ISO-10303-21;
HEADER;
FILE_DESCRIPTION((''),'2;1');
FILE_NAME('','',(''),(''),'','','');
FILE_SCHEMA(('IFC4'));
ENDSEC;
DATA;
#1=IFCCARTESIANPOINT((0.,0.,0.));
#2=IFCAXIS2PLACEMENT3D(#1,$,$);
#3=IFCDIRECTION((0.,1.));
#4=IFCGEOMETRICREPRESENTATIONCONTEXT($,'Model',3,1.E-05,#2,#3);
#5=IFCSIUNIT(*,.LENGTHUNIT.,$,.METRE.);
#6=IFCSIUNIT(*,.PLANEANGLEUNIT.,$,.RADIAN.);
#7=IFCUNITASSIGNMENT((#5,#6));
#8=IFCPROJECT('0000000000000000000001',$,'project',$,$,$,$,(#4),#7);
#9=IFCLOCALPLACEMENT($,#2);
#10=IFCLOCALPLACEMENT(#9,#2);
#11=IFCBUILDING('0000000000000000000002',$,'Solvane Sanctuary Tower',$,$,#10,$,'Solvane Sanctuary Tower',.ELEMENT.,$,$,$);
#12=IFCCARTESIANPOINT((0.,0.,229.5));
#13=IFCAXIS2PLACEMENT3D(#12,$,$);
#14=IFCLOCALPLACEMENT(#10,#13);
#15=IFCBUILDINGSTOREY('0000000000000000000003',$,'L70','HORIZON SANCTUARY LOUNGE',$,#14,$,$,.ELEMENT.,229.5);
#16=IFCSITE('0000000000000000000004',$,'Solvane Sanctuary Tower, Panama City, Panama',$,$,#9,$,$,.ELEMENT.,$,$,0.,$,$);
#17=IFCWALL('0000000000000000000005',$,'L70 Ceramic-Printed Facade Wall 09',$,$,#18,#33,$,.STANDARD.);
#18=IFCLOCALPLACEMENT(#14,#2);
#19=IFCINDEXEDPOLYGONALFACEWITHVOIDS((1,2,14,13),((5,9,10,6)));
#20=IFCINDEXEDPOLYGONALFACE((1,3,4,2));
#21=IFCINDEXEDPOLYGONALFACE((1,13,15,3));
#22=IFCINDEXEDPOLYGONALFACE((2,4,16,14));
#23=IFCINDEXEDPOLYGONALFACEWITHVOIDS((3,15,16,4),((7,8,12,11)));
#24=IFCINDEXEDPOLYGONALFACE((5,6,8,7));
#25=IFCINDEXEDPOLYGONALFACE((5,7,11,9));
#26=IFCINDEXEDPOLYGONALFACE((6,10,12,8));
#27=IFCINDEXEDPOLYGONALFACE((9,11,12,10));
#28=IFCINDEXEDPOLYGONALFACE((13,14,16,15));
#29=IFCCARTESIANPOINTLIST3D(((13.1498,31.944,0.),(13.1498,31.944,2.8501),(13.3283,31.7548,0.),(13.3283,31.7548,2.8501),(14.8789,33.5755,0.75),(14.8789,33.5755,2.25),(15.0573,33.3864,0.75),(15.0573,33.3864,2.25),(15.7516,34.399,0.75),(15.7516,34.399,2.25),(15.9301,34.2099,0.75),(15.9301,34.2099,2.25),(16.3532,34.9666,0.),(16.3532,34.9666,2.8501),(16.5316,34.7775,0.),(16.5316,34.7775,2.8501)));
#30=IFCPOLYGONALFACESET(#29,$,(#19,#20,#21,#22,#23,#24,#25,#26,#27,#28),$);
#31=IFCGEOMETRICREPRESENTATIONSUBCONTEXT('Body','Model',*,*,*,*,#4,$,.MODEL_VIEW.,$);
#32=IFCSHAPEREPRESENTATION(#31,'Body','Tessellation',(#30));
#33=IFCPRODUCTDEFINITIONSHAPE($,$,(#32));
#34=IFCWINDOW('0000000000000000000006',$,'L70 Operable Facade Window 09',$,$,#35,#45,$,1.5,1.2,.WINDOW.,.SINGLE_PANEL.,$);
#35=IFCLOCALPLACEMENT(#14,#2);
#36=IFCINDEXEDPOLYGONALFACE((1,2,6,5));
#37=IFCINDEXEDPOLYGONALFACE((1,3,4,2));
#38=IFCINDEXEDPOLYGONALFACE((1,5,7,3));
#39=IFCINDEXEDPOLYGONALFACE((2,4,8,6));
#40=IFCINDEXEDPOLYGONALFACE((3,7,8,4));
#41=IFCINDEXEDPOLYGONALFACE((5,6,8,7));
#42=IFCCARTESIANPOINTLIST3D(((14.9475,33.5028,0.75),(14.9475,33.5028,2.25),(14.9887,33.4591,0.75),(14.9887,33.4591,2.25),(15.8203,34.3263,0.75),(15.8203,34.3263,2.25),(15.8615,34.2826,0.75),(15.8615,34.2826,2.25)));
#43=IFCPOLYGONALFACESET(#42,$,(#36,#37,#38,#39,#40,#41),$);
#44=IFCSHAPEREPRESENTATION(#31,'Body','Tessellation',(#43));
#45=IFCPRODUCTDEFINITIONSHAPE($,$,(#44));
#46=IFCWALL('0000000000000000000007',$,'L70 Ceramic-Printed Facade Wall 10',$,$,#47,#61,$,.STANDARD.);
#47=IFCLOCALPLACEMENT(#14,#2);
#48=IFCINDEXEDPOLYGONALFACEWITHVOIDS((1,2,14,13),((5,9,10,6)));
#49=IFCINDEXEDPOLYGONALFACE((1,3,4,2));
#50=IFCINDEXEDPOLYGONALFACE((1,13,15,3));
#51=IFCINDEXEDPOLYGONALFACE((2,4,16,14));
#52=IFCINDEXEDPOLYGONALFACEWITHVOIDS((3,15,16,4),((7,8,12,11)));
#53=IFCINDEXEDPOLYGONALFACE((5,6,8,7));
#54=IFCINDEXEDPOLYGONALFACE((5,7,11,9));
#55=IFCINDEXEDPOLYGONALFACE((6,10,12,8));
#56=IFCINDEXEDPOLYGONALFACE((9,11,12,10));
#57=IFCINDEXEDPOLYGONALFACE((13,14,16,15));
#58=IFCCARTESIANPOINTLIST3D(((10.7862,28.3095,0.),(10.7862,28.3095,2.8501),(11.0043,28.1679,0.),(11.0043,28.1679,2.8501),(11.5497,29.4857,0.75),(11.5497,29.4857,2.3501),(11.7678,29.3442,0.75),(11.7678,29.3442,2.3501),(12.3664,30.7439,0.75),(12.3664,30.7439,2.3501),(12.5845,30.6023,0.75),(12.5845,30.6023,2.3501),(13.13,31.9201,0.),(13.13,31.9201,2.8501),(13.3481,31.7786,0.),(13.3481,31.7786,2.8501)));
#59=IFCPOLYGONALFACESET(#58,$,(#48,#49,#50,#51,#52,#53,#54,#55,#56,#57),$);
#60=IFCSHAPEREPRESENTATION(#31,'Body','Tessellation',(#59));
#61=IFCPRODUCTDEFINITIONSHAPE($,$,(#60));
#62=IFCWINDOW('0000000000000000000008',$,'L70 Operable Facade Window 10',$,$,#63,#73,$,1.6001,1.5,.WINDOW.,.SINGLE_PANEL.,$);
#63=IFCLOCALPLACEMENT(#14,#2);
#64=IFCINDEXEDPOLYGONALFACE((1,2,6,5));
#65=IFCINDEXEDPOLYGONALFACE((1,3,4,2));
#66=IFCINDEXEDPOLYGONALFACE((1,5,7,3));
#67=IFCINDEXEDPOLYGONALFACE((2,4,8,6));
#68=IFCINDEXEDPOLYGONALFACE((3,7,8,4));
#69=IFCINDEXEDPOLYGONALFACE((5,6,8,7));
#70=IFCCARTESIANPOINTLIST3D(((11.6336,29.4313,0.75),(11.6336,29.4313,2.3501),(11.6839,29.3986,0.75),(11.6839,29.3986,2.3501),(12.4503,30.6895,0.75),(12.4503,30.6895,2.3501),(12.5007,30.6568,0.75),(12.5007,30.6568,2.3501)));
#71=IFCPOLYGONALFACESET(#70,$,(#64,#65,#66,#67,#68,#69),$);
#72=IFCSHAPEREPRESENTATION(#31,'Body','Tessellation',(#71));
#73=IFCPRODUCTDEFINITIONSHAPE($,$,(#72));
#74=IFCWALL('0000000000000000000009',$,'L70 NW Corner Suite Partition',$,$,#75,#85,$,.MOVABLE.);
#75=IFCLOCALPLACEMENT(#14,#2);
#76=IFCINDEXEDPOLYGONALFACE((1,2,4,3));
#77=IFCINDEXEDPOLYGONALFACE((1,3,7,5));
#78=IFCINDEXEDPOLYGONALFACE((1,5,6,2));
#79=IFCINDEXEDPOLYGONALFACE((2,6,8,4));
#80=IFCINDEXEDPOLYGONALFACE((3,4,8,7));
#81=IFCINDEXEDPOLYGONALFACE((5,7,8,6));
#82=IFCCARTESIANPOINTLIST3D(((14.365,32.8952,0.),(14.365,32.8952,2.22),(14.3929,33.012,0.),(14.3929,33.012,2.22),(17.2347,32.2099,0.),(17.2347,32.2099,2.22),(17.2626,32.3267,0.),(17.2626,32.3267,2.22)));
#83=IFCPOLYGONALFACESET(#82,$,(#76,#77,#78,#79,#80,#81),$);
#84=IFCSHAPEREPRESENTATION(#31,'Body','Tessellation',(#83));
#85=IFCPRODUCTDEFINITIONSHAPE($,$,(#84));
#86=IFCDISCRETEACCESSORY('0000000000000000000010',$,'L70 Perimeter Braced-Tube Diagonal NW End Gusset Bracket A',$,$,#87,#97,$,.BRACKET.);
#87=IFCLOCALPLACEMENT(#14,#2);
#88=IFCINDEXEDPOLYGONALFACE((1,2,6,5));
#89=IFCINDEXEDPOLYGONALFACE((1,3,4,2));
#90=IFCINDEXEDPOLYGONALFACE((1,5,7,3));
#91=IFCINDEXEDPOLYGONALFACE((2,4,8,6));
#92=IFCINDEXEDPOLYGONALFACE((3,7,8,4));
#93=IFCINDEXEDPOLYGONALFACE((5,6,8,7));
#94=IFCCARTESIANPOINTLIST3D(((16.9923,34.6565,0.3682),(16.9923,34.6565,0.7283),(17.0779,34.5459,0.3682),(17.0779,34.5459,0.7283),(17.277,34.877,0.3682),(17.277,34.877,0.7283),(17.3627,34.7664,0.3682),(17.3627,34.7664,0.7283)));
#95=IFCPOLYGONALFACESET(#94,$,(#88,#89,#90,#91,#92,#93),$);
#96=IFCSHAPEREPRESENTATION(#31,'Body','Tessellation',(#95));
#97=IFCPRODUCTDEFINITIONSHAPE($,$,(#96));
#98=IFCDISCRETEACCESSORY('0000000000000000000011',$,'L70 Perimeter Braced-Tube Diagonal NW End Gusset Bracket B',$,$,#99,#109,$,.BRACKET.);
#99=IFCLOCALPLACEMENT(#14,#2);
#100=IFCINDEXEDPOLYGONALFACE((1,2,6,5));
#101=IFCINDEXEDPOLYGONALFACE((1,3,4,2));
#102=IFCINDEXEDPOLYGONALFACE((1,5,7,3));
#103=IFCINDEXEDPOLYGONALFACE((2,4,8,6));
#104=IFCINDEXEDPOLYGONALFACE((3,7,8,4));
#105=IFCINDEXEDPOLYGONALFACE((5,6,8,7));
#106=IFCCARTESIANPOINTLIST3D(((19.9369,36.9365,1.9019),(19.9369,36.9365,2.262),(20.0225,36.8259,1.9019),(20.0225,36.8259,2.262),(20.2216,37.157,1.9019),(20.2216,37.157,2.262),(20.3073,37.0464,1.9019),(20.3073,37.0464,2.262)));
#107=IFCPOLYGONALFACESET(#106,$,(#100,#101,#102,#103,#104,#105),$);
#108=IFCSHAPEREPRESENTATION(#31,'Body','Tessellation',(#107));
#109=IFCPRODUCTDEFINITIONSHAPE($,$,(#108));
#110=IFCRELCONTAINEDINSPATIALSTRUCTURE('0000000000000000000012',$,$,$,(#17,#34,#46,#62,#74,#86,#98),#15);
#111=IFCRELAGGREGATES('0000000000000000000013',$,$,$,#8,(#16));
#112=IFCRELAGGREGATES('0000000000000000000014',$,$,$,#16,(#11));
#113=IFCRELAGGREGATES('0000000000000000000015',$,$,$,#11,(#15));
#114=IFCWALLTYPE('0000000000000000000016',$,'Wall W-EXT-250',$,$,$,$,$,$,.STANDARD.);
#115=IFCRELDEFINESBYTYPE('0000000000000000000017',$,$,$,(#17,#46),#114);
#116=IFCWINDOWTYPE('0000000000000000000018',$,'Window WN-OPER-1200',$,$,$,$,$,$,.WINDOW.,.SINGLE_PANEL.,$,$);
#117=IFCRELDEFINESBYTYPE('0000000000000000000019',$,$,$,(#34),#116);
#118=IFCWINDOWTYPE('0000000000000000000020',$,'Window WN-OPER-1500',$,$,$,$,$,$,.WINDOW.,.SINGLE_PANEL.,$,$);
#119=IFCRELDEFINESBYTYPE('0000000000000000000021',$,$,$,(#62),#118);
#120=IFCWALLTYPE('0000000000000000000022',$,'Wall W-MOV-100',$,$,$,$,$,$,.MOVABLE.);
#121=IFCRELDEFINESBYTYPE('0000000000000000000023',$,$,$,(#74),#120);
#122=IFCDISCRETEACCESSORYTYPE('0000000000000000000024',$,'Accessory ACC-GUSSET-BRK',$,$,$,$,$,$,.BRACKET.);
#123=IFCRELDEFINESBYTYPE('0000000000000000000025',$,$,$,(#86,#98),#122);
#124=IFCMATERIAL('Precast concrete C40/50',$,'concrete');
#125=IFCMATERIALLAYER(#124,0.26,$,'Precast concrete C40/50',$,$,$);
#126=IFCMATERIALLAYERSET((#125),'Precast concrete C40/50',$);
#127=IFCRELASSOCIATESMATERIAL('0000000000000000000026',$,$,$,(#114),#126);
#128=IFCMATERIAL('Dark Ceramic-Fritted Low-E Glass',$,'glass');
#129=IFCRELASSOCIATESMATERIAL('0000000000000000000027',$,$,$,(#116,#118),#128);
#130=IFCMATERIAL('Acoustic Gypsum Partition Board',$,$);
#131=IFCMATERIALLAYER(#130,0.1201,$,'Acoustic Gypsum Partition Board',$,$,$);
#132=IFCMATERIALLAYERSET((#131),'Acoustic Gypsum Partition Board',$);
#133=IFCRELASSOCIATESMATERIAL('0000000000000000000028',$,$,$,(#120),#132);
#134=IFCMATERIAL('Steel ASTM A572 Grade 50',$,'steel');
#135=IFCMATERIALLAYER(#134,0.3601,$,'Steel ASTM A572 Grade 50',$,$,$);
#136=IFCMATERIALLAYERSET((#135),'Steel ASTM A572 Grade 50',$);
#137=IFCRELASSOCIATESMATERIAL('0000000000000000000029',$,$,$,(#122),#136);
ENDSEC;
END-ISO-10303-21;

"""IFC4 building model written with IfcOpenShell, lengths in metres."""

from ifc_helpers import new_model, si_unit, direction, frame, frame_2d, origin, origin_2d, place, context, subcontext, project, spatial, rectangle, extrude, material, layer, layer_set, type_object, element, fill, save


model = new_model("IFC4")

# Units and contexts
model_context = context("Model", 3, precision=1e-05, world=origin(), true_north=direction((0.0, 1.0)))
body_context = subcontext(model_context, "Body", "Model", "MODEL_VIEW")
ifc_project = project(units=[si_unit("LENGTHUNIT", "METRE"), si_unit("PLANEANGLEUNIT", "RADIAN")], contexts=[model_context])

# Site, building, storey
site_placement = place(None, origin())
site = spatial("IfcSite", under=ifc_project, at=site_placement, Name="Solvane Sanctuary Tower, Panama City, Panama", CompositionType="ELEMENT", RefElevation=0.0)
building_placement = place(site_placement, origin())
building = spatial("IfcBuilding", under=site, at=building_placement, Name="Solvane Sanctuary Tower", LongName="Solvane Sanctuary Tower", CompositionType="ELEMENT")
storey_placement = place(building_placement, frame((0.0, 0.0, 229.5)))
storey = spatial("IfcBuildingStorey", under=building, at=storey_placement, Name="L70", Description="HORIZON SANCTUARY LOUNGE", CompositionType="ELEMENT", Elevation=229.5)

# Shared definitions
ifc_material_1 = material(Name="Acoustic Gypsum Partition Board")

# Shared definitions
ifc_material_2 = material(Name="Precast concrete C40/50", Category="concrete")
ifc_layer_1 = layer(ifc_material_2, 0.26, Name="Precast concrete C40/50")
ifc_layer_set_1 = layer_set([ifc_layer_1], Name="Precast concrete C40/50")
wall_type_1 = type_object("IfcWallType", Name="Wall W-EXT-250", PredefinedType="STANDARD", material=ifc_layer_set_1)

# Walls, openings, windows
wall_1_placement = place(storey_placement, frame((16.4424, 34.8721, 0.0), z_axis=(0.0, 0.0, 1.0), x_axis=(-0.727319, -0.6863, 0.0)))
wall_1 = element("IfcWall", 1, at=wall_1_placement, inside=storey, type_object=wall_type_1, Name="L70 Ceramic-Printed Facade Wall 09", PredefinedType="STANDARD", context=body_context, shape_type="SweptSolid", body=[
    extrude(rectangle(XDim=4.4043, YDim=0.26, at=frame_2d((2.2021, 0.0))), origin(), (0.0, 0.0, 1.0), 2.8501),
])
opening_1_placement = place(wall_1_placement, frame((0.8269, 0.0, 0.75)))
opening_1 = element("IfcOpeningElement", 2, at=opening_1_placement, cuts=wall_1, PredefinedType="OPENING", context=body_context, shape_type="SweptSolid", body=[
    extrude(rectangle(XDim=1.2, YDim=1.5, at=frame_2d((0.6001, 0.75))), frame((0.0, 0.1399, 0.0), z_axis=(0.0, -1.0, 0.0), x_axis=(1.0, 0.0, 0.0)), (0.0, 0.0, 1.0), 0.28),
])
ifc_material_3 = material(Name="Dark Ceramic-Fritted Low-E Glass", Category="glass")
window_type_1 = type_object("IfcWindowType", Name="Window WN-OPER-1200", PartitioningType="SINGLE_PANEL", PredefinedType="WINDOW", material=ifc_material_3)
window_1_placement = place(opening_1_placement, origin())
window_1 = element("IfcWindow", 3, at=window_1_placement, inside=storey, type_object=window_type_1, Name="L70 Operable Facade Window 09", OverallHeight=1.5, OverallWidth=1.2, PartitioningType="SINGLE_PANEL", PredefinedType="WINDOW", context=body_context, shape_type="SweptSolid", body=[
    extrude(rectangle(XDim=1.2, YDim=1.5, at=frame_2d((0.6001, 0.75))), frame((0.0, 0.03, 0.0), z_axis=(0.0, -1.0, 0.0), x_axis=(1.0, 0.0, 0.0)), (0.0, 0.0, 1.0), 0.0601),
])
fill(opening_1, window_1)
wall_2_placement = place(storey_placement, frame((13.239, 31.8494, 0.0), z_axis=(0.0, 0.0, 1.0), x_axis=(-0.544476, -0.838776, 0.0)))
wall_2 = element("IfcWall", 4, at=wall_2_placement, inside=storey, type_object=wall_type_1, Name="L70 Ceramic-Printed Facade Wall 10", PredefinedType="STANDARD", context=body_context, shape_type="SweptSolid", body=[
    extrude(rectangle(XDim=4.3047, YDim=0.26, at=frame_2d((2.1523, 0.0))), origin(), (0.0, 0.0, 1.0), 2.8501),
])
opening_2_placement = place(wall_2_placement, frame((1.4023, 0.0, 0.75)))
opening_2 = element("IfcOpeningElement", 5, at=opening_2_placement, cuts=wall_2, PredefinedType="OPENING", context=body_context, shape_type="SweptSolid", body=[
    extrude(rectangle(XDim=1.5, YDim=1.6001, at=frame_2d((0.75, 0.8))), frame((0.0, 0.1399, 0.0), z_axis=(0.0, -1.0, 0.0), x_axis=(1.0, 0.0, 0.0)), (0.0, 0.0, 1.0), 0.28),
])
window_type_2 = type_object("IfcWindowType", Name="Window WN-OPER-1500", PartitioningType="SINGLE_PANEL", PredefinedType="WINDOW", material=ifc_material_3)
window_2_placement = place(opening_2_placement, origin())
window_2 = element("IfcWindow", 6, at=window_2_placement, inside=storey, type_object=window_type_2, Name="L70 Operable Facade Window 10", OverallHeight=1.6001, OverallWidth=1.5, PartitioningType="SINGLE_PANEL", PredefinedType="WINDOW", context=body_context, shape_type="SweptSolid", body=[
    extrude(rectangle(XDim=1.5, YDim=1.6001, at=frame_2d((0.75, 0.8))), frame((0.0, 0.03, 0.0), z_axis=(0.0, -1.0, 0.0), x_axis=(1.0, 0.0, 0.0)), (0.0, 0.0, 1.0), 0.0601),
])
fill(opening_2, window_2)

# Wall
ifc_layer_2 = layer(ifc_material_1, 0.1201, Name="Acoustic Gypsum Partition Board")
ifc_layer_set_2 = layer_set([ifc_layer_2], Name="Acoustic Gypsum Partition Board")
wall_type_2 = type_object("IfcWallType", Name="Wall W-MOV-100", PredefinedType="MOVABLE", material=ifc_layer_set_2)
wall_3_placement = place(storey_placement, frame((17.2485, 32.2683, 0.0), z_axis=(0.0, 0.0, 1.0), x_axis=(-0.972649, 0.232281, 0.0)))
element("IfcWall", 7, at=wall_3_placement, inside=storey, type_object=wall_type_2, Name="L70 NW Corner Suite Partition", PredefinedType="MOVABLE", context=body_context, shape_type="SweptSolid", body=[
    extrude(rectangle(XDim=2.9504, YDim=0.1201, at=frame_2d((1.4751, 0.0))), origin(), (0.0, 0.0, 1.0), 2.22),
])

# Discrete accessories
ifc_material_4 = material(Name="Steel ASTM A572 Grade 50", Category="steel")
ifc_layer_3 = layer(ifc_material_4, 0.3601, Name="Steel ASTM A572 Grade 50")
ifc_layer_set_3 = layer_set([ifc_layer_3], Name="Steel ASTM A572 Grade 50")
discrete_accessory_type = type_object("IfcDiscreteAccessoryType", Name="Accessory ACC-GUSSET-BRK", PredefinedType="BRACKET", material=ifc_layer_set_3)
for number, where, z_axis, x_axis, name in (
    (8, (17.1775, 34.7114, 0.3682), (0.0, 0.0, 1.0), (0.79069, 0.612217, 0.0), "L70 Perimeter Braced-Tube Diagonal NW End Gusset Bracket A"),
    (9, (20.1221, 36.9915, 1.9019), (0.0, 0.0, 1.0), (0.79069, 0.612217, 0.0), "L70 Perimeter Braced-Tube Diagonal NW End Gusset Bracket B"),
):
    element("IfcDiscreteAccessory", number, at=place(storey_placement, frame(where, z_axis=z_axis, x_axis=x_axis)), inside=storey, type_object=discrete_accessory_type, Name=name, PredefinedType="BRACKET", context=body_context, shape_type="SweptSolid", body=[
        extrude(rectangle(XDim=0.3601, YDim=0.1399, at=origin_2d()), origin(), (0.0, 0.0, 1.0), 0.3601),
    ])

save(model, "model.ifc")
